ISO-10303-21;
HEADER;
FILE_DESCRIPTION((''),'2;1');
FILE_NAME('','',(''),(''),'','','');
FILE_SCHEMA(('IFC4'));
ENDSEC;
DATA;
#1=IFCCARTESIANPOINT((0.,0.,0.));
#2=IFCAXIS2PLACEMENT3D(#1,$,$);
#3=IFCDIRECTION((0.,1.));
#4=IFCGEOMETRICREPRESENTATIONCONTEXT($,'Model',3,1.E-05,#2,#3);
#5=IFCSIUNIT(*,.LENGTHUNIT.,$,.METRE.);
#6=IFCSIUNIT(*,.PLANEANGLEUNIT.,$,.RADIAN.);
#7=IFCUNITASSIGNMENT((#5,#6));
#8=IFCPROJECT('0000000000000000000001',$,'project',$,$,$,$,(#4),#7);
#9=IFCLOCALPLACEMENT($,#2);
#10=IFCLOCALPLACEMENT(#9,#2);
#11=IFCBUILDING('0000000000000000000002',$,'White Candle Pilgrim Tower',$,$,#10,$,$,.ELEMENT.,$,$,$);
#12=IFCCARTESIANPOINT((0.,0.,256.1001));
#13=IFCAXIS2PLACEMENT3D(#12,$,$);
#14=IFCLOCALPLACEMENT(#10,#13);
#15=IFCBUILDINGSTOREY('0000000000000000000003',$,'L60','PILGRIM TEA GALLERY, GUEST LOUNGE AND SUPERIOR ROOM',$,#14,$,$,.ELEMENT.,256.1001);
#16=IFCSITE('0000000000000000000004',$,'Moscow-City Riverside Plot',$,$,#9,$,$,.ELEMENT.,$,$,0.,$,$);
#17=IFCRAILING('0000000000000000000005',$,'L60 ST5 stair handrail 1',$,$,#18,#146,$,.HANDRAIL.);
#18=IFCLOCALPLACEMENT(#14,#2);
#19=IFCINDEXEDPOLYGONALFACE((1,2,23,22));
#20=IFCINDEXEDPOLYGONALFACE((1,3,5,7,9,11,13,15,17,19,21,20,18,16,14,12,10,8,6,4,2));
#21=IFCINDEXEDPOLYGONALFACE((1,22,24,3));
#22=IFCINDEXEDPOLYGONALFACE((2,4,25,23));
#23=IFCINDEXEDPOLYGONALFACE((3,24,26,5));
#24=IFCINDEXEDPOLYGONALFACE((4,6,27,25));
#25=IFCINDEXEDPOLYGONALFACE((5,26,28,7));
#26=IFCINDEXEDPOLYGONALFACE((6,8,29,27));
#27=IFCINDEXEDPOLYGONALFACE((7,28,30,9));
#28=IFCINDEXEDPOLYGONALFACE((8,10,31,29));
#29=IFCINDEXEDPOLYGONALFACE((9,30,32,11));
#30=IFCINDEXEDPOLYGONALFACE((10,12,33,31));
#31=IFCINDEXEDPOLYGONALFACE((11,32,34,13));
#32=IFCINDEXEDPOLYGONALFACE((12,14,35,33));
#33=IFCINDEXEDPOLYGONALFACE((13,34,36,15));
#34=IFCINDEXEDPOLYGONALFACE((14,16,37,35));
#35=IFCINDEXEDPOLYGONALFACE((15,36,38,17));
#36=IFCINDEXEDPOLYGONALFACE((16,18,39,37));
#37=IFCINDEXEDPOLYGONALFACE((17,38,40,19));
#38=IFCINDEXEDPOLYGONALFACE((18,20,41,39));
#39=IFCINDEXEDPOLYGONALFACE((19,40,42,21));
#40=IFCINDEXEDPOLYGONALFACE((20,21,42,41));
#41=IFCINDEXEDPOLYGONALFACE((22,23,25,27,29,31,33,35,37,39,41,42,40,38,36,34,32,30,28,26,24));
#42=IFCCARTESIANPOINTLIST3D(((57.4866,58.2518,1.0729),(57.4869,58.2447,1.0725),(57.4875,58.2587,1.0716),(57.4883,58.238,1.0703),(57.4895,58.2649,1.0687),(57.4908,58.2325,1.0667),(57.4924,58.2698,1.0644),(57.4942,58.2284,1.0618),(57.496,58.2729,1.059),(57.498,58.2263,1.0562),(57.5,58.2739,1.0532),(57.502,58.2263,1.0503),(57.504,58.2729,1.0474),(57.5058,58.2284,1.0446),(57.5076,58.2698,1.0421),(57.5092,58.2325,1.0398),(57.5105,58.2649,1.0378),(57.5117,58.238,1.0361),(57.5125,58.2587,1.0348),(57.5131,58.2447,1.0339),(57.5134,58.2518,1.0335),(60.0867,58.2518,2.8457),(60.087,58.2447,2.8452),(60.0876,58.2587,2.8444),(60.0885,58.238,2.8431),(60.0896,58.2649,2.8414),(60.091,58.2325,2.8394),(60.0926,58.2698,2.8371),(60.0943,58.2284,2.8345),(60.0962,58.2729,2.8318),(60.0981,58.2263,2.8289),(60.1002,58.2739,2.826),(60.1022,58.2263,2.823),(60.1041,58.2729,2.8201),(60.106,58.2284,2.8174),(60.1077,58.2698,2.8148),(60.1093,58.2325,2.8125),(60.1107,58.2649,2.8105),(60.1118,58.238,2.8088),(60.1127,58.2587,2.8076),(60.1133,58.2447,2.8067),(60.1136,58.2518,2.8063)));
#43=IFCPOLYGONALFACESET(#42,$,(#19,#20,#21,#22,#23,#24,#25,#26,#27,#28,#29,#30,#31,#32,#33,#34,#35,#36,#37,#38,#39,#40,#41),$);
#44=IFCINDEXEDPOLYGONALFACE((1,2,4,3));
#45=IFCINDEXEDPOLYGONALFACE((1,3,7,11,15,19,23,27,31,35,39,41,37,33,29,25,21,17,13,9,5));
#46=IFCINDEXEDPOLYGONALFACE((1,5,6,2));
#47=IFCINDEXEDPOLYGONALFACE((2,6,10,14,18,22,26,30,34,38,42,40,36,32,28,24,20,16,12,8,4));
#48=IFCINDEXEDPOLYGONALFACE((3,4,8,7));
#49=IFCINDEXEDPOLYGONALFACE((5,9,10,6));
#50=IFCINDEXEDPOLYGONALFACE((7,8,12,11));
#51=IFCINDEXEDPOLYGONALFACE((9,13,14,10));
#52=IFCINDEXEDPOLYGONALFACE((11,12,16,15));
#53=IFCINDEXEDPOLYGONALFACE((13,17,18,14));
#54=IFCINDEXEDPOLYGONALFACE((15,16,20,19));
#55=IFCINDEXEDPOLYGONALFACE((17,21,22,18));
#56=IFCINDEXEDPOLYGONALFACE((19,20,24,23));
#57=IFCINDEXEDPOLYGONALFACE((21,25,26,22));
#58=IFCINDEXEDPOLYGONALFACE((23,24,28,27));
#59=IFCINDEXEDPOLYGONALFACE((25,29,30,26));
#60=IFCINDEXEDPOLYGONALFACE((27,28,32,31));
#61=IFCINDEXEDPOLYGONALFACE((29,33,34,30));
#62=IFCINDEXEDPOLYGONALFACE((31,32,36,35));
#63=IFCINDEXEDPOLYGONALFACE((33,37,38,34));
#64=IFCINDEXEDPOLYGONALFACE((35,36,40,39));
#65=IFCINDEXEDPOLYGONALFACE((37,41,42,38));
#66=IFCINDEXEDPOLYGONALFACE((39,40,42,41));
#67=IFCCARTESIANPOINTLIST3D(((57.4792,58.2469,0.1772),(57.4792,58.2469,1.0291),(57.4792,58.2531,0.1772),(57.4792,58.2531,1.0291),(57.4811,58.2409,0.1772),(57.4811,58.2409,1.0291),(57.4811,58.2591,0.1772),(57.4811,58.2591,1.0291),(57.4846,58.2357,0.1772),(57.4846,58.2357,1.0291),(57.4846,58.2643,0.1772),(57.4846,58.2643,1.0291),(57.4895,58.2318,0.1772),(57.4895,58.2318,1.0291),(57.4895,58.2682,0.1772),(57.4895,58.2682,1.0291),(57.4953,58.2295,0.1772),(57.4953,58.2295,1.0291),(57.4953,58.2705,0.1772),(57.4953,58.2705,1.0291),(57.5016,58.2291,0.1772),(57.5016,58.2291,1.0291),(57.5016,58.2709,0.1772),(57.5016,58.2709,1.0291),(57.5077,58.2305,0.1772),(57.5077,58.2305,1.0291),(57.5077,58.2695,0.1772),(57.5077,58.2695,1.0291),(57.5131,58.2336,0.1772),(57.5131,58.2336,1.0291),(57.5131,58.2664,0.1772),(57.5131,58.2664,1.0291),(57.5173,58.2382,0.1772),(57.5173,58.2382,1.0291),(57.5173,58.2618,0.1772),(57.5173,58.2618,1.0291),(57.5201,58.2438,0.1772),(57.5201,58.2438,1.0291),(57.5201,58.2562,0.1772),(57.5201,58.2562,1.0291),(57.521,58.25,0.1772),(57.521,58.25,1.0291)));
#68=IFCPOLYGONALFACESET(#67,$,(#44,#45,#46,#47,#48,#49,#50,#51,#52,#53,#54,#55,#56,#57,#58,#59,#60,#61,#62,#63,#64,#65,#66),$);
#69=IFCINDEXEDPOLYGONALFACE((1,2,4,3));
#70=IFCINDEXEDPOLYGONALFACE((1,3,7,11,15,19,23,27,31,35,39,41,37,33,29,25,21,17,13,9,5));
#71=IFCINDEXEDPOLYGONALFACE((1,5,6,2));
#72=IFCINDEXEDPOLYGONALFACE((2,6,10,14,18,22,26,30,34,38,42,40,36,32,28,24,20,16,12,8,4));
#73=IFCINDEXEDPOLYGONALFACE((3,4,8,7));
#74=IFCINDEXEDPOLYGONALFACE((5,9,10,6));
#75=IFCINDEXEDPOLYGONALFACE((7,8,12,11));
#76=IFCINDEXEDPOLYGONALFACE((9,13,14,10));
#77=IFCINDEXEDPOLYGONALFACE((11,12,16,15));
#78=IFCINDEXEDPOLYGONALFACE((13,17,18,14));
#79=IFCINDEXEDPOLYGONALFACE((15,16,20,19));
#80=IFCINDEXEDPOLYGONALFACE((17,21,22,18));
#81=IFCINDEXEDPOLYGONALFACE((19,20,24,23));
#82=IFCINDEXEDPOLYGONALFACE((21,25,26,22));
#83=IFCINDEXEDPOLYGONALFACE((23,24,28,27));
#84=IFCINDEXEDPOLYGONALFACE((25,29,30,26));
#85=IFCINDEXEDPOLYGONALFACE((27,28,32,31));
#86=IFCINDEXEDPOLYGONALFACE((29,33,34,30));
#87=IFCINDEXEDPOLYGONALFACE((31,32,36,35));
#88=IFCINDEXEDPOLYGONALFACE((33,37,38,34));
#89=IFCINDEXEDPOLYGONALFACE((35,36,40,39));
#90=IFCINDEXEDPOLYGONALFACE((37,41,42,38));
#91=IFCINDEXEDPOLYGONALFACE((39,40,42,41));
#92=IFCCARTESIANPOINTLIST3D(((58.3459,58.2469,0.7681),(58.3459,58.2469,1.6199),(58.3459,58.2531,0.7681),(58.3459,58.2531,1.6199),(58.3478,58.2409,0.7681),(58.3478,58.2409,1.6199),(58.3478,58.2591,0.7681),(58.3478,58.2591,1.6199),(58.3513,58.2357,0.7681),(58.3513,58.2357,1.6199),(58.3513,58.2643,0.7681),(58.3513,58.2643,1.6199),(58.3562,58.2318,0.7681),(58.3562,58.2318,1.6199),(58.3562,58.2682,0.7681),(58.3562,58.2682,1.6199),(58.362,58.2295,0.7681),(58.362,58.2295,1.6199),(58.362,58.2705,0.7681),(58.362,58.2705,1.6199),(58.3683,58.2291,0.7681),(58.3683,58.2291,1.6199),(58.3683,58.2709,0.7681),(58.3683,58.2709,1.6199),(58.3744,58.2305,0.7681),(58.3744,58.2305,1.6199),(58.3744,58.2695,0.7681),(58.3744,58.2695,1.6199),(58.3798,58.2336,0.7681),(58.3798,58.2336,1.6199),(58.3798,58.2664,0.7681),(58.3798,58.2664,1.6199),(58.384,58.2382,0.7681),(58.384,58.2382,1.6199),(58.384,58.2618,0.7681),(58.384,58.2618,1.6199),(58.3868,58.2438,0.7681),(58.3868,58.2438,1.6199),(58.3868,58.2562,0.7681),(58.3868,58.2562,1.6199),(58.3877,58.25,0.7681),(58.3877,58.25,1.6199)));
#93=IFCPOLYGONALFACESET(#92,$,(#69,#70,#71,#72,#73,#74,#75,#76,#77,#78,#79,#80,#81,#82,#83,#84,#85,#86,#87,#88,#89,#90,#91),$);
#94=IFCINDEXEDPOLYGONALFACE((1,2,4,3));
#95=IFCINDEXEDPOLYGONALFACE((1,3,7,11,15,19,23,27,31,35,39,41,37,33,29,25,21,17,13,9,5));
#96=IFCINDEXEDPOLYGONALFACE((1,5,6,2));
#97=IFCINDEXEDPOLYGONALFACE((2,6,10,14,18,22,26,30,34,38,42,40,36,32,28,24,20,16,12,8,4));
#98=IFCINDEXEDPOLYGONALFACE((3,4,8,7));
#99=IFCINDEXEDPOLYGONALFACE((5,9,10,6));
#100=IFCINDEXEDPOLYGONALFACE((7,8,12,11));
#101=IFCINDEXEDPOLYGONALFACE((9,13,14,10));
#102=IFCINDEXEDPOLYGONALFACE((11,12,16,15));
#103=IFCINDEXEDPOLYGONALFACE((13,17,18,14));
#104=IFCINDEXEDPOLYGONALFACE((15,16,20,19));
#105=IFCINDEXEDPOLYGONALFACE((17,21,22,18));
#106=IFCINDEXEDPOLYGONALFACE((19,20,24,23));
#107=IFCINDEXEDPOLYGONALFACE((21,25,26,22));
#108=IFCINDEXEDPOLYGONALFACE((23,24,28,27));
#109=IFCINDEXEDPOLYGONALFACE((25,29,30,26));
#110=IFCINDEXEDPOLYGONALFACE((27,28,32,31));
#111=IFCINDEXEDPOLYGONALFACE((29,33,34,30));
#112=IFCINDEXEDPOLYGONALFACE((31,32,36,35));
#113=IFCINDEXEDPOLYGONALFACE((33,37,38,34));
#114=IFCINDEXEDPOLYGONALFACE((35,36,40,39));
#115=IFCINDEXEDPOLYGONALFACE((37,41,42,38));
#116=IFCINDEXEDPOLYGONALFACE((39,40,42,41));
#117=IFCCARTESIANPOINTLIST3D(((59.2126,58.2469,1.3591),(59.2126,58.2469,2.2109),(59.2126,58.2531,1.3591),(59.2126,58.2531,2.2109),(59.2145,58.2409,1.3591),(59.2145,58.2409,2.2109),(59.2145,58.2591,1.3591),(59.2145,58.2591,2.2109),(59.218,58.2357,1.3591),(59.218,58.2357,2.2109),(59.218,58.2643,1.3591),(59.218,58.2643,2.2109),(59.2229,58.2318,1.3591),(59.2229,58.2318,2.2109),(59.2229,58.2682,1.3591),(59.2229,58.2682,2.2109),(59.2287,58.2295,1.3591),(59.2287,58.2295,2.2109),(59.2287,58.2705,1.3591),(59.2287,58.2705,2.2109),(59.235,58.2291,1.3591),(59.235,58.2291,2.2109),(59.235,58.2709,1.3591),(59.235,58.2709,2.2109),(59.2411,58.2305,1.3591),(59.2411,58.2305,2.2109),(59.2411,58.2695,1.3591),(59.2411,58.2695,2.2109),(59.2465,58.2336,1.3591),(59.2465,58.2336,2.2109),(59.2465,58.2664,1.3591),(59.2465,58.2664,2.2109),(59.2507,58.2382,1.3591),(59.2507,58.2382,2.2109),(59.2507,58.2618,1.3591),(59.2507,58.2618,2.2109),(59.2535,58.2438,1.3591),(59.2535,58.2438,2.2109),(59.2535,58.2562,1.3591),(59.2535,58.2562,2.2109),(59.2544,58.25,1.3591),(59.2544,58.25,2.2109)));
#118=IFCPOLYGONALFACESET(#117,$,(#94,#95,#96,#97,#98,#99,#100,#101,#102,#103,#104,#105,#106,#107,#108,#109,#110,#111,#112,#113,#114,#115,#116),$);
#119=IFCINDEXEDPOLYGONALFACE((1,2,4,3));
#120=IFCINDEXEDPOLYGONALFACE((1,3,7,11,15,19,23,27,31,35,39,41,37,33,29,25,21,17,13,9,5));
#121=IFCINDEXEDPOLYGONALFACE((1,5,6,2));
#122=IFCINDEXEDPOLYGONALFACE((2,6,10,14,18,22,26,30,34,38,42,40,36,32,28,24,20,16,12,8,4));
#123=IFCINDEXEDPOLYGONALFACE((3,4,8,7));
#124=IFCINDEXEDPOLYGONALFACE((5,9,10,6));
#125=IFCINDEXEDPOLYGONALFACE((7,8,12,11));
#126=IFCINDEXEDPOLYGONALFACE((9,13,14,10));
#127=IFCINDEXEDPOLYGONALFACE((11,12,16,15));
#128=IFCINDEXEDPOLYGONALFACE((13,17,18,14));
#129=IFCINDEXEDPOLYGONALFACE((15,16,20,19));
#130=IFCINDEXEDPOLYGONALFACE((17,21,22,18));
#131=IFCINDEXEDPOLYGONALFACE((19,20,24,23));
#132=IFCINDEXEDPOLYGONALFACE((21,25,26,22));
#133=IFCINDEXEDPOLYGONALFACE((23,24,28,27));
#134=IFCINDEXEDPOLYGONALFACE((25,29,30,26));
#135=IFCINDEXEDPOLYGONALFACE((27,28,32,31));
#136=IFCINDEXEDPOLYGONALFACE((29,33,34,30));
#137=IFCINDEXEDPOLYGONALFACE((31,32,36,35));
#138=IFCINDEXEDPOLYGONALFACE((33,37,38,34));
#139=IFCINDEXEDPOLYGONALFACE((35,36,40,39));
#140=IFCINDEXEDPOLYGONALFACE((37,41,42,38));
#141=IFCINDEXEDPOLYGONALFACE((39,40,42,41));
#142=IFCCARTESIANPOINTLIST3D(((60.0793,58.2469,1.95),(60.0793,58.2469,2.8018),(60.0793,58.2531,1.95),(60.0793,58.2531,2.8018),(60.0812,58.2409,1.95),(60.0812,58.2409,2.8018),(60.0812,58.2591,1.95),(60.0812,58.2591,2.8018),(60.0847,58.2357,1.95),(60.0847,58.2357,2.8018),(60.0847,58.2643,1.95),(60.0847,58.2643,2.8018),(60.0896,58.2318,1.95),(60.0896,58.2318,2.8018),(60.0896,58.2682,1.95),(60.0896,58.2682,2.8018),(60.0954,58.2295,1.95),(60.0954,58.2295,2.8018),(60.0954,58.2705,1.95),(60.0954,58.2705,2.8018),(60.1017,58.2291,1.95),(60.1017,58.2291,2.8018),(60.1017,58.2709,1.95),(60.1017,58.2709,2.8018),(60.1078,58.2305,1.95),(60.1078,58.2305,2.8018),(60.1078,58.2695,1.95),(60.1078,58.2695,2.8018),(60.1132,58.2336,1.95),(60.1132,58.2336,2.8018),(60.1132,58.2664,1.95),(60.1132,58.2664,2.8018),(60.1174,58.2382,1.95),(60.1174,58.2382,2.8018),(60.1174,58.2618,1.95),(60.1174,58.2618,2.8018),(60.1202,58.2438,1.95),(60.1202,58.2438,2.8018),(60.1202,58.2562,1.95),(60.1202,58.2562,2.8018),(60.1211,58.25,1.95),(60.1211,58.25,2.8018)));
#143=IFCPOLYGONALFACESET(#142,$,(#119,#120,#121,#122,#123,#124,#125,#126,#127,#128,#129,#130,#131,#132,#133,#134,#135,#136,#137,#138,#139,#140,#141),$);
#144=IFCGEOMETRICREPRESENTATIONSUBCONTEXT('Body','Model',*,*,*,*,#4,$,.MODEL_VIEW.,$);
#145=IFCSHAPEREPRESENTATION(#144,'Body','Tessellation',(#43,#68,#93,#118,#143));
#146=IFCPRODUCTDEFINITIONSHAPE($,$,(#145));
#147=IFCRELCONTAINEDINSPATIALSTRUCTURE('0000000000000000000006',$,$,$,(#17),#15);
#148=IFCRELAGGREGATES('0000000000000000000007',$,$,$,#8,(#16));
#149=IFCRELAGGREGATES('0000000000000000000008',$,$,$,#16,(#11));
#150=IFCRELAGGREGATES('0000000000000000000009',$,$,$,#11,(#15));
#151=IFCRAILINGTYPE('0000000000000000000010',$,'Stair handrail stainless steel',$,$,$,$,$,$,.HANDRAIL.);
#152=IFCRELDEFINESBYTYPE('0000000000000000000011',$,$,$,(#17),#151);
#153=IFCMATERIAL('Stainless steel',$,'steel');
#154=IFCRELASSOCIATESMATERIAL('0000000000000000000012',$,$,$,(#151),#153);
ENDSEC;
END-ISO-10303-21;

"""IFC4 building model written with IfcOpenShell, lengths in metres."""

from ifc_helpers import new_model, si_unit, direction, frame, origin, origin_2d, place, context, subcontext, project, spatial, circle, extrude, material, type_object, element, save


model = new_model("IFC4")

# Units and contexts
model_context = context("Model", 3, precision=1e-05, world=origin(), true_north=direction((0.0, 1.0)))
body_context = subcontext(model_context, "Body", "Model", "MODEL_VIEW")
ifc_project = project(units=[si_unit("LENGTHUNIT", "METRE"), si_unit("PLANEANGLEUNIT", "RADIAN")], contexts=[model_context])

# Site, building, storey
site_placement = place(None, origin())
site = spatial("IfcSite", under=ifc_project, at=site_placement, Name="Moscow-City Riverside Plot", CompositionType="ELEMENT", RefElevation=0.0)
building_placement = place(site_placement, origin())
building = spatial("IfcBuilding", under=site, at=building_placement, Name="White Candle Pilgrim Tower", CompositionType="ELEMENT")
storey_placement = place(building_placement, frame((0.0, 0.0, 256.1001)))
storey = spatial("IfcBuildingStorey", under=building, at=storey_placement, Name="L60", Description="PILGRIM TEA GALLERY, GUEST LOUNGE AND SUPERIOR ROOM", CompositionType="ELEMENT", Elevation=256.1001)

# Railing
ifc_material_1 = material(Name="Stainless steel", Category="steel")
railing_type_1 = type_object("IfcRailingType", Name="Stair handrail stainless steel", PredefinedType="HANDRAIL", material=ifc_material_1)
railing_1_placement = place(storey_placement, frame((57.5, 58.25, 0.1772)))
element("IfcRailing", 1, at=railing_1_placement, inside=storey, type_object=railing_type_1, Name="L60 ST5 stair handrail 1", PredefinedType="HANDRAIL", context=body_context, shape_type="SweptSolid", body=[
    extrude(circle(Radius=0.0239, at=origin_2d()), frame((0.0, 0.0, 0.876), z_axis=(0.82624, 0.0, 0.563318), x_axis=(0.0, 1.0, 0.0)), (0.0, 0.0, 1.0), 3.147),
    extrude(circle(Radius=0.021, at=origin_2d()), origin(), (0.0, 0.0, 1.0), 0.8518),
    extrude(circle(Radius=0.021, at=origin_2d()), frame((0.8667, 0.0, 0.5908)), (0.0, 0.0, 1.0), 0.8518),
    extrude(circle(Radius=0.021, at=origin_2d()), frame((1.7334, 0.0, 1.1819)), (0.0, 0.0, 1.0), 0.8518),
    extrude(circle(Radius=0.021, at=origin_2d()), frame((2.6001, 0.0, 1.7727)), (0.0, 0.0, 1.0), 0.8518),
])

save(model, "model.ifc")
